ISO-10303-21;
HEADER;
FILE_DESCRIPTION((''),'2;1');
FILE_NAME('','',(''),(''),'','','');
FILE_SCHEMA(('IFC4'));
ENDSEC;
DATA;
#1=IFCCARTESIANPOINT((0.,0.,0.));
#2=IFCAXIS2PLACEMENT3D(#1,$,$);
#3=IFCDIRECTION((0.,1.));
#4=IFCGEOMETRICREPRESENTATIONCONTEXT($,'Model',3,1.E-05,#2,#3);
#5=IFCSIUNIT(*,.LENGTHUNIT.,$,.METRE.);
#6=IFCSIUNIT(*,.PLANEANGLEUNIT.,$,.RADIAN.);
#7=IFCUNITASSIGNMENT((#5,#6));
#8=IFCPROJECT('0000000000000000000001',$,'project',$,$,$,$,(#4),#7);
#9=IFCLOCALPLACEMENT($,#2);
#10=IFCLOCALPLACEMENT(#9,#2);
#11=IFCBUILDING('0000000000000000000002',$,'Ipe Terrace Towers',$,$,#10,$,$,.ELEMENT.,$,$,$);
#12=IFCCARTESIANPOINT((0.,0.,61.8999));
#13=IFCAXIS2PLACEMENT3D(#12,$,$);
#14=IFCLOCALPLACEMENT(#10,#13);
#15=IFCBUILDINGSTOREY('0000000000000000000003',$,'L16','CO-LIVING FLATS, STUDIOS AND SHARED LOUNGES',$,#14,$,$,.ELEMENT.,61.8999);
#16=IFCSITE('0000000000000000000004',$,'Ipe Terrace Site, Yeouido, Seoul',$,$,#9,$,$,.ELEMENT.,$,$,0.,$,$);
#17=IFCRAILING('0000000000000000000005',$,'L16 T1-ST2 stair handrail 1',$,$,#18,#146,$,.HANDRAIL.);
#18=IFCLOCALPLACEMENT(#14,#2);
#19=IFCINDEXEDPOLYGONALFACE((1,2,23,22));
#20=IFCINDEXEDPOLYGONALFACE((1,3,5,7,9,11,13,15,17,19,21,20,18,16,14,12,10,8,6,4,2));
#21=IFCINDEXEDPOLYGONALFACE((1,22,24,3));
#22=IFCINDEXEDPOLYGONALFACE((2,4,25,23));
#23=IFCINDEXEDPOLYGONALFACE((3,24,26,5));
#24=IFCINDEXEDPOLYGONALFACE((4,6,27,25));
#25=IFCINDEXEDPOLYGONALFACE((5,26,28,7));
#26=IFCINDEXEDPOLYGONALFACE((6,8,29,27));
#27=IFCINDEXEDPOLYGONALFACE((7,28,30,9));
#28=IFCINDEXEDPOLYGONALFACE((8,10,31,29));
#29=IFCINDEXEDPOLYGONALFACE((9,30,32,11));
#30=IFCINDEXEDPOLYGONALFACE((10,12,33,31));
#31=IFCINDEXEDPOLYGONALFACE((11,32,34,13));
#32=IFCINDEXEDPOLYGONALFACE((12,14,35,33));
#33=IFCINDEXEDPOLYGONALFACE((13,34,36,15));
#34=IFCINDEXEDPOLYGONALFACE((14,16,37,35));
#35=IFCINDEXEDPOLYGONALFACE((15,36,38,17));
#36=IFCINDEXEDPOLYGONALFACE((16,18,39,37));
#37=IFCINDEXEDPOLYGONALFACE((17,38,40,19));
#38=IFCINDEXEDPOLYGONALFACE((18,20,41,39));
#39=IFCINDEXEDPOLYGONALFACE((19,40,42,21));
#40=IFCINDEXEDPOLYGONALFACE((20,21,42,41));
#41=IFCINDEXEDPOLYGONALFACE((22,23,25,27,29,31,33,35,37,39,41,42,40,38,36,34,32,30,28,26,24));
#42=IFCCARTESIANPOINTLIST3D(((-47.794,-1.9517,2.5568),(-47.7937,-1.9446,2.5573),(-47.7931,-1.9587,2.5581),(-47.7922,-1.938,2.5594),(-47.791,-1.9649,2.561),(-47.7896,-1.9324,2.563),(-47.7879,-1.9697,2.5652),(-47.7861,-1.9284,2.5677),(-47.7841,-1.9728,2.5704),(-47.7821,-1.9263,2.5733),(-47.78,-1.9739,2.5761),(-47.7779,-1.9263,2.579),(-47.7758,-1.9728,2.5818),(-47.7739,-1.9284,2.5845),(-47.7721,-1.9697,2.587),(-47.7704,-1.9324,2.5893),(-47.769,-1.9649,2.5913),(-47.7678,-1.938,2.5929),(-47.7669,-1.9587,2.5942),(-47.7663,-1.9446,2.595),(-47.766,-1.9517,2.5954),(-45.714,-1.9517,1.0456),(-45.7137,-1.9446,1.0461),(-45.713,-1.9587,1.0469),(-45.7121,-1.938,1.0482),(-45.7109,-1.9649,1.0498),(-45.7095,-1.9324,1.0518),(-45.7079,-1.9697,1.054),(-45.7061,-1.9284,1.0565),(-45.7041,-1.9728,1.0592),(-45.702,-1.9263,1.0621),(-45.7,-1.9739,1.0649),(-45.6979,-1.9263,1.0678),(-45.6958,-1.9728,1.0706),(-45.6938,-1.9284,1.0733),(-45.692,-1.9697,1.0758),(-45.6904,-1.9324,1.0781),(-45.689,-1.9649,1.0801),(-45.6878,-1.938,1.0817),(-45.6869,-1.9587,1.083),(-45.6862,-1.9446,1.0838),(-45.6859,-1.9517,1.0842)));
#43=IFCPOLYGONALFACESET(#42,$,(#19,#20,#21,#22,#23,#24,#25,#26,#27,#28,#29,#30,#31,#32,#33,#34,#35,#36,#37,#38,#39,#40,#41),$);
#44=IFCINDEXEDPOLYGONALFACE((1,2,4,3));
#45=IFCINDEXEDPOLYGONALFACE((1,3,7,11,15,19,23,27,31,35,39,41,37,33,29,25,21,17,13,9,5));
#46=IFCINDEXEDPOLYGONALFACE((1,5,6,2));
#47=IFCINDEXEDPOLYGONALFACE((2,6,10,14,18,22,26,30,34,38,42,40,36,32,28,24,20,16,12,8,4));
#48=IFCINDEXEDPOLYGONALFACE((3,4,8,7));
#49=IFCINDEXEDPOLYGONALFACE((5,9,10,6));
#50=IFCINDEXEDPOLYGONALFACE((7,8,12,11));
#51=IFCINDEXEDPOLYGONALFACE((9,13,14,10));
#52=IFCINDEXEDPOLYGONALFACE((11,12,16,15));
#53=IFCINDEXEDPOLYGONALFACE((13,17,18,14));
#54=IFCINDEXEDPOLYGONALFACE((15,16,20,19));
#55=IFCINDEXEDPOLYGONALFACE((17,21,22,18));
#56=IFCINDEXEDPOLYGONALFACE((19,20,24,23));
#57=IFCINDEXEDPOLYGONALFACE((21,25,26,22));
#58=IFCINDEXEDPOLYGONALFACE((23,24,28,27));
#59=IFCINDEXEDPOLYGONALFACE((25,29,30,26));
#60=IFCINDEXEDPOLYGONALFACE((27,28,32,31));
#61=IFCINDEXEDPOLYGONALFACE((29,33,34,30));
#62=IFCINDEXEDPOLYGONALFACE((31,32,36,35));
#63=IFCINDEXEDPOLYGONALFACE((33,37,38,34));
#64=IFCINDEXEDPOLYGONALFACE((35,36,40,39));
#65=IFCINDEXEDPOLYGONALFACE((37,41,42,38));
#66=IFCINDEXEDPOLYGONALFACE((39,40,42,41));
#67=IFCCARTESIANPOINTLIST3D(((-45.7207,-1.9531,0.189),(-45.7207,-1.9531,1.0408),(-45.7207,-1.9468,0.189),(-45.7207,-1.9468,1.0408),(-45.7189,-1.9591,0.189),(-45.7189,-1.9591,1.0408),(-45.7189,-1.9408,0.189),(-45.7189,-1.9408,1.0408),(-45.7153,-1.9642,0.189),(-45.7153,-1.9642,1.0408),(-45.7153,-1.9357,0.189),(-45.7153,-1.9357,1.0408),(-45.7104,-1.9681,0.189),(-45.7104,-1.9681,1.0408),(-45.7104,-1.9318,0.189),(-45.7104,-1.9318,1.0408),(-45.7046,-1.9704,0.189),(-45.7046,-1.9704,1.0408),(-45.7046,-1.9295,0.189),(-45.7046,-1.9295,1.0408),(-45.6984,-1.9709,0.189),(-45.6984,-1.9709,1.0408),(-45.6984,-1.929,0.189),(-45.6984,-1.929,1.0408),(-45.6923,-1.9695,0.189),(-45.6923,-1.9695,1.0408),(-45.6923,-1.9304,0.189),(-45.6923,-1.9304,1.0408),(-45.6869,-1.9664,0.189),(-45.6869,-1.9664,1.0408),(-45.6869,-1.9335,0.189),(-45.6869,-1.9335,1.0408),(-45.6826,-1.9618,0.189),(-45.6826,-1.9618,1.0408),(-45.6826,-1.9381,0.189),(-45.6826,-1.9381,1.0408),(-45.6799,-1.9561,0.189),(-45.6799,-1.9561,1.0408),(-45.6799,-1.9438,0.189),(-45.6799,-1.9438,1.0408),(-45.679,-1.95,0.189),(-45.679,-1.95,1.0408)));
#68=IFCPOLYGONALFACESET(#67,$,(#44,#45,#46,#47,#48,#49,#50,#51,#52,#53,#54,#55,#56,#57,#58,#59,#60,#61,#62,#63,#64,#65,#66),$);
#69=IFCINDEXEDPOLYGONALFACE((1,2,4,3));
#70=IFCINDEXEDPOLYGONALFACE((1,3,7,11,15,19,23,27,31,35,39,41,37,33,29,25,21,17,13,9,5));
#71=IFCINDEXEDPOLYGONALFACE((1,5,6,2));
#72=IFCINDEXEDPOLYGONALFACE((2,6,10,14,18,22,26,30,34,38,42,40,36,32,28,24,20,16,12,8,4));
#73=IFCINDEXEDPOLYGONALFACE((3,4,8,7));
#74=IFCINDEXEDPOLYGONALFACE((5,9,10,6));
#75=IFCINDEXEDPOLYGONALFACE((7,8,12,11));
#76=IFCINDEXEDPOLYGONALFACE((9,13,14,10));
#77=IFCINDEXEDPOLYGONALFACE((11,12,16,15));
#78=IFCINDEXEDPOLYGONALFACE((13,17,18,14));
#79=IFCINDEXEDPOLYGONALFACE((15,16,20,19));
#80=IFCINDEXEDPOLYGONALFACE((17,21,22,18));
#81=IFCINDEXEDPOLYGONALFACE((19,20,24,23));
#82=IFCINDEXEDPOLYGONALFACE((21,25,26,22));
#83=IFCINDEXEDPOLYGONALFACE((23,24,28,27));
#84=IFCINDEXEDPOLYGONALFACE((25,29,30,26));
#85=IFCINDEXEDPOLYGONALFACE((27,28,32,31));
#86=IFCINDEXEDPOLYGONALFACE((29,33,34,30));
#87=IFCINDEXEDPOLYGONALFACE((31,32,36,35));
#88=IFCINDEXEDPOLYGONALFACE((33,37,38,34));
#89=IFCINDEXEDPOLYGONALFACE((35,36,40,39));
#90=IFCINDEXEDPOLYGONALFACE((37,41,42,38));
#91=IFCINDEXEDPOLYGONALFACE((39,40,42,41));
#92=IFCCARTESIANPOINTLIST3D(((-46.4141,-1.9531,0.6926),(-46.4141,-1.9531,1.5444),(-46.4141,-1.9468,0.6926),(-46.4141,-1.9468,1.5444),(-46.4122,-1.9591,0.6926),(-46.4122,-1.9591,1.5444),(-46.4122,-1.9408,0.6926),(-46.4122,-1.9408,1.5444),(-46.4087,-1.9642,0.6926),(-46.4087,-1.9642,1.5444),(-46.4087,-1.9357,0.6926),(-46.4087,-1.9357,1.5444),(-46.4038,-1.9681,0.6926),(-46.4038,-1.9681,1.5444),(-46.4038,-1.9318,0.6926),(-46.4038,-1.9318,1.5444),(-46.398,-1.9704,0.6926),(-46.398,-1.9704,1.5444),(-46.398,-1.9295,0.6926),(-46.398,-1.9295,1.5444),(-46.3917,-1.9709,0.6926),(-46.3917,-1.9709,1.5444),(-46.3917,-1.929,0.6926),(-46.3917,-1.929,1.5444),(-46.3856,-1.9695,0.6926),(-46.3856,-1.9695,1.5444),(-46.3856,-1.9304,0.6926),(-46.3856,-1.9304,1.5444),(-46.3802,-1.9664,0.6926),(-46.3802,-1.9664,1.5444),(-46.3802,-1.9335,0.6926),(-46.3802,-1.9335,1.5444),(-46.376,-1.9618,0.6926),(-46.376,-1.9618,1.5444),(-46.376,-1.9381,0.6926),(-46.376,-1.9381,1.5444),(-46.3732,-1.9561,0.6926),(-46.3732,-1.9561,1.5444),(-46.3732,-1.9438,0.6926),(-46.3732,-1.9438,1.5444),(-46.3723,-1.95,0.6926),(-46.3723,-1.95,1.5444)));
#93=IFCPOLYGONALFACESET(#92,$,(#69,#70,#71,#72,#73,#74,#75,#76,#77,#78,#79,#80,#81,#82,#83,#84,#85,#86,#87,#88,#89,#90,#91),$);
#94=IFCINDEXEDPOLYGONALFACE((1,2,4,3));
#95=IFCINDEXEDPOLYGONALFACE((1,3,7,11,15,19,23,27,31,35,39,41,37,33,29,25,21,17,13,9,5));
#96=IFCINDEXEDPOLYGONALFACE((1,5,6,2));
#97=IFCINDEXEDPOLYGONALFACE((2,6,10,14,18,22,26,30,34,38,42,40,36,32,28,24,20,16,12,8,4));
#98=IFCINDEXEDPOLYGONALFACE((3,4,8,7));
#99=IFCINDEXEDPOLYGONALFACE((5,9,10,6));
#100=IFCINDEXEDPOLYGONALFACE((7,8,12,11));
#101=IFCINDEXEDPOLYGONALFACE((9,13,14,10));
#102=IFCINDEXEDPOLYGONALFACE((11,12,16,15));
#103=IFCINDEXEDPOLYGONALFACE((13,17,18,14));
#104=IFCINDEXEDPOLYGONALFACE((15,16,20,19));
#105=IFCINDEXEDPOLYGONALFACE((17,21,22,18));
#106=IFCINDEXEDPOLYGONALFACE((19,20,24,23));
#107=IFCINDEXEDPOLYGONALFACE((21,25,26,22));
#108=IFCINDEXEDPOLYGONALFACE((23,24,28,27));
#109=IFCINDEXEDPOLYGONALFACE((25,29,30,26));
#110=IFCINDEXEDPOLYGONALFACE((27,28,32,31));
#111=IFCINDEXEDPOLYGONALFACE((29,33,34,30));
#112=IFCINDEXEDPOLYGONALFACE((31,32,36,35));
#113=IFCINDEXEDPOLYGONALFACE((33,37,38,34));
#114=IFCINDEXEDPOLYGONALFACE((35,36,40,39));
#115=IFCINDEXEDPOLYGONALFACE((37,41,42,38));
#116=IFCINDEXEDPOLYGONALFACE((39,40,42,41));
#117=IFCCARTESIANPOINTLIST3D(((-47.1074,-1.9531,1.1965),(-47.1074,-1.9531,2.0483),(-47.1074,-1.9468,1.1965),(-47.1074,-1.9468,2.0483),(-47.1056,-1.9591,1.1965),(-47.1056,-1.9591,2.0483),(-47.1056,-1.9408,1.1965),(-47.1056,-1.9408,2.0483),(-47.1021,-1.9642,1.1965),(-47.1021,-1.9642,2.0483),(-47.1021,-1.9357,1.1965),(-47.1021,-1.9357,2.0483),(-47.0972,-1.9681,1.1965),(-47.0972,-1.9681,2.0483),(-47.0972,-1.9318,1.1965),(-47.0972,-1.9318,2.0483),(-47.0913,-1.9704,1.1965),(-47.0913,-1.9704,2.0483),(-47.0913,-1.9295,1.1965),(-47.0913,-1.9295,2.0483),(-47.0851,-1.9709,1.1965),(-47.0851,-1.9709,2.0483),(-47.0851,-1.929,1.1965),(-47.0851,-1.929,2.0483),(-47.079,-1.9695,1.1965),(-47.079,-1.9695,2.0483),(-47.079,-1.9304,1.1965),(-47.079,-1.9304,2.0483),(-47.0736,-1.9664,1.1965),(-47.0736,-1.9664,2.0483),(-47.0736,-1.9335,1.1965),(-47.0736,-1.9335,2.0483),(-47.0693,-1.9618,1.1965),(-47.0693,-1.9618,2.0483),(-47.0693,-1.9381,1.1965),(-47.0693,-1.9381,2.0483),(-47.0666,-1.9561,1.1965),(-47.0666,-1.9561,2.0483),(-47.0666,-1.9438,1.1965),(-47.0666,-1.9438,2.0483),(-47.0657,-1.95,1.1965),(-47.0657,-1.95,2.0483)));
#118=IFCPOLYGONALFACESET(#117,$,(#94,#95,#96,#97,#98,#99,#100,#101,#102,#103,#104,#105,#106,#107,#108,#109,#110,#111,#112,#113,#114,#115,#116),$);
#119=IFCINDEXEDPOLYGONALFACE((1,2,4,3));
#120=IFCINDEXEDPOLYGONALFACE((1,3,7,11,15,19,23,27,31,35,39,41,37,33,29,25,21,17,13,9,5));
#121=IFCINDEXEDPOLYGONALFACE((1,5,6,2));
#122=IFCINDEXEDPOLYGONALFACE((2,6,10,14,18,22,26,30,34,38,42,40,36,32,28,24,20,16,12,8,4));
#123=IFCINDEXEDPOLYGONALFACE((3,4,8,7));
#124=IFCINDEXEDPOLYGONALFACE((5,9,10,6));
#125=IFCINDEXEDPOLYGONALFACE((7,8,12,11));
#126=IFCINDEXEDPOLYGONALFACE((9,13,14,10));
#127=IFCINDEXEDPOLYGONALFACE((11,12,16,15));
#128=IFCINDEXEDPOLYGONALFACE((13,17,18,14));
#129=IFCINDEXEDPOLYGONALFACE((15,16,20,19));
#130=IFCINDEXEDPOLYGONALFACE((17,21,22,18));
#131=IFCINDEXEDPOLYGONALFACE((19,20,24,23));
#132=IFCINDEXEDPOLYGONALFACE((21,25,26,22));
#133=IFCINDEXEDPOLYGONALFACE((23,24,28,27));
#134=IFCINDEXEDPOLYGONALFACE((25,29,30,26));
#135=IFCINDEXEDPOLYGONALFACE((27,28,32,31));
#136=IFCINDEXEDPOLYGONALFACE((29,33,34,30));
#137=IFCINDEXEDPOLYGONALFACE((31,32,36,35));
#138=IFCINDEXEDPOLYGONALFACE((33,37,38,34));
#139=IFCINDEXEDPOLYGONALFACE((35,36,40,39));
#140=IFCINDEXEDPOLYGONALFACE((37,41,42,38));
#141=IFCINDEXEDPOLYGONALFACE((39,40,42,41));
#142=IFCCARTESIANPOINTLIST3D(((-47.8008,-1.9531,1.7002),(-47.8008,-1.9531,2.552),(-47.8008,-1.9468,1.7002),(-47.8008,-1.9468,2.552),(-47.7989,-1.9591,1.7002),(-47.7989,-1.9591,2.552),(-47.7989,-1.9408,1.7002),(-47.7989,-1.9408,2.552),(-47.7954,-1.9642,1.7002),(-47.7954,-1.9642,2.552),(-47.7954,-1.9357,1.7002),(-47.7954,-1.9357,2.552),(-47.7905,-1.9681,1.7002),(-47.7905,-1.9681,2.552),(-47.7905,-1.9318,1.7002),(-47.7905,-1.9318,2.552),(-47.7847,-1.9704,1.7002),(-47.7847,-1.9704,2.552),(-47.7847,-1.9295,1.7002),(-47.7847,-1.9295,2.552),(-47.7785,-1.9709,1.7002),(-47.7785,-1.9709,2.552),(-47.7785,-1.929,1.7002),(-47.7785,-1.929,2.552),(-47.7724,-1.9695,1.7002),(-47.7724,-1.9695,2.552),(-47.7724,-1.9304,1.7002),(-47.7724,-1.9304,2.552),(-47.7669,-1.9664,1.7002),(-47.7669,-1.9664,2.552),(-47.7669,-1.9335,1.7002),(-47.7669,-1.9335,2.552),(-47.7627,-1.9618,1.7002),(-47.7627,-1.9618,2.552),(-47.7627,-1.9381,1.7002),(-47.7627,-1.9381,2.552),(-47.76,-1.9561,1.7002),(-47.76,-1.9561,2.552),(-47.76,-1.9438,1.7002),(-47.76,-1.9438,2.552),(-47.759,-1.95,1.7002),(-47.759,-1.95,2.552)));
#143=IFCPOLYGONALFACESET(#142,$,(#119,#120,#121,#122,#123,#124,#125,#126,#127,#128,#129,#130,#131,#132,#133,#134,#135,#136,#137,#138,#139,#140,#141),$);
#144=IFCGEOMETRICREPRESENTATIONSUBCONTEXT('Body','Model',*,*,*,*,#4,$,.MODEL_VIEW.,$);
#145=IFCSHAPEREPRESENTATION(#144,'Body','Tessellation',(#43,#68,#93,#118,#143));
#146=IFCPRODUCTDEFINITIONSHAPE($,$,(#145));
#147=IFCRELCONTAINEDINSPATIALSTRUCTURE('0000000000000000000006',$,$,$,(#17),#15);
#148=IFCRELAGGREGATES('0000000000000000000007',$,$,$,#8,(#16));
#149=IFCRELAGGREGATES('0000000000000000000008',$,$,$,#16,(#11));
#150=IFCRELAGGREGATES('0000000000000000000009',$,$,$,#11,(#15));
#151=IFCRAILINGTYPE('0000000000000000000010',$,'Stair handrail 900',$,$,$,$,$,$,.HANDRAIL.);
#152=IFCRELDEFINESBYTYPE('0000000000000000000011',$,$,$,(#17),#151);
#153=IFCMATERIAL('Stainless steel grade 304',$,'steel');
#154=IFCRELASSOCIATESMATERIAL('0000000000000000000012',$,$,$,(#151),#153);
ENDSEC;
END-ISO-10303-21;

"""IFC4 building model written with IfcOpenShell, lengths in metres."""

from ifc_helpers import new_model, si_unit, direction, frame, origin, origin_2d, place, context, subcontext, project, spatial, circle, extrude, material, type_object, element, save


model = new_model("IFC4")

# Units and contexts
model_context = context("Model", 3, precision=1e-05, world=origin(), true_north=direction((0.0, 1.0)))
body_context = subcontext(model_context, "Body", "Model", "MODEL_VIEW")
ifc_project = project(units=[si_unit("LENGTHUNIT", "METRE"), si_unit("PLANEANGLEUNIT", "RADIAN")], contexts=[model_context])

# Site, building, storey
site_placement = place(None, origin())
site = spatial("IfcSite", under=ifc_project, at=site_placement, Name="Ipe Terrace Site, Yeouido, Seoul", CompositionType="ELEMENT", RefElevation=0.0)
building_placement = place(site_placement, origin())
building = spatial("IfcBuilding", under=site, at=building_placement, Name="Ipe Terrace Towers", CompositionType="ELEMENT")
storey_placement = place(building_placement, frame((0.0, 0.0, 61.8999)))
storey = spatial("IfcBuildingStorey", under=building, at=storey_placement, Name="L16", Description="CO-LIVING FLATS, STUDIOS AND SHARED LOUNGES", CompositionType="ELEMENT", Elevation=61.8999)

# Railing
ifc_material_1 = material(Name="Stainless steel grade 304", Category="steel")
railing_type_1 = type_object("IfcRailingType", Name="Stair handrail 900", PredefinedType="HANDRAIL", material=ifc_material_1)
railing_1_placement = place(storey_placement, frame((-45.7, -1.95, 0.189)))
element("IfcRailing", 1, at=railing_1_placement, inside=storey, type_object=railing_type_1, Name="L16 T1-ST2 stair handrail 1", PredefinedType="HANDRAIL", context=body_context, shape_type="SweptSolid", body=[
    extrude(circle(Radius=0.0239, at=origin_2d()), frame((0.0, 0.0, 0.876), z_axis=(-0.809023, 0.0, 0.587776), x_axis=(0.0, -1.0, 0.0)), (0.0, 0.0, 1.0), 2.571),
    extrude(circle(Radius=0.021, at=origin_2d()), origin(), (0.0, 0.0, 1.0), 0.8518),
    extrude(circle(Radius=0.021, at=origin_2d()), frame((-0.6934, 0.0, 0.5037)), (0.0, 0.0, 1.0), 0.8518),
    extrude(circle(Radius=0.021, at=origin_2d()), frame((-1.3867, 0.0, 1.0076)), (0.0, 0.0, 1.0), 0.8518),
    extrude(circle(Radius=0.021, at=origin_2d()), frame((-2.0801, 0.0, 1.5112)), (0.0, 0.0, 1.0), 0.8518),
])

save(model, "model.ifc")
